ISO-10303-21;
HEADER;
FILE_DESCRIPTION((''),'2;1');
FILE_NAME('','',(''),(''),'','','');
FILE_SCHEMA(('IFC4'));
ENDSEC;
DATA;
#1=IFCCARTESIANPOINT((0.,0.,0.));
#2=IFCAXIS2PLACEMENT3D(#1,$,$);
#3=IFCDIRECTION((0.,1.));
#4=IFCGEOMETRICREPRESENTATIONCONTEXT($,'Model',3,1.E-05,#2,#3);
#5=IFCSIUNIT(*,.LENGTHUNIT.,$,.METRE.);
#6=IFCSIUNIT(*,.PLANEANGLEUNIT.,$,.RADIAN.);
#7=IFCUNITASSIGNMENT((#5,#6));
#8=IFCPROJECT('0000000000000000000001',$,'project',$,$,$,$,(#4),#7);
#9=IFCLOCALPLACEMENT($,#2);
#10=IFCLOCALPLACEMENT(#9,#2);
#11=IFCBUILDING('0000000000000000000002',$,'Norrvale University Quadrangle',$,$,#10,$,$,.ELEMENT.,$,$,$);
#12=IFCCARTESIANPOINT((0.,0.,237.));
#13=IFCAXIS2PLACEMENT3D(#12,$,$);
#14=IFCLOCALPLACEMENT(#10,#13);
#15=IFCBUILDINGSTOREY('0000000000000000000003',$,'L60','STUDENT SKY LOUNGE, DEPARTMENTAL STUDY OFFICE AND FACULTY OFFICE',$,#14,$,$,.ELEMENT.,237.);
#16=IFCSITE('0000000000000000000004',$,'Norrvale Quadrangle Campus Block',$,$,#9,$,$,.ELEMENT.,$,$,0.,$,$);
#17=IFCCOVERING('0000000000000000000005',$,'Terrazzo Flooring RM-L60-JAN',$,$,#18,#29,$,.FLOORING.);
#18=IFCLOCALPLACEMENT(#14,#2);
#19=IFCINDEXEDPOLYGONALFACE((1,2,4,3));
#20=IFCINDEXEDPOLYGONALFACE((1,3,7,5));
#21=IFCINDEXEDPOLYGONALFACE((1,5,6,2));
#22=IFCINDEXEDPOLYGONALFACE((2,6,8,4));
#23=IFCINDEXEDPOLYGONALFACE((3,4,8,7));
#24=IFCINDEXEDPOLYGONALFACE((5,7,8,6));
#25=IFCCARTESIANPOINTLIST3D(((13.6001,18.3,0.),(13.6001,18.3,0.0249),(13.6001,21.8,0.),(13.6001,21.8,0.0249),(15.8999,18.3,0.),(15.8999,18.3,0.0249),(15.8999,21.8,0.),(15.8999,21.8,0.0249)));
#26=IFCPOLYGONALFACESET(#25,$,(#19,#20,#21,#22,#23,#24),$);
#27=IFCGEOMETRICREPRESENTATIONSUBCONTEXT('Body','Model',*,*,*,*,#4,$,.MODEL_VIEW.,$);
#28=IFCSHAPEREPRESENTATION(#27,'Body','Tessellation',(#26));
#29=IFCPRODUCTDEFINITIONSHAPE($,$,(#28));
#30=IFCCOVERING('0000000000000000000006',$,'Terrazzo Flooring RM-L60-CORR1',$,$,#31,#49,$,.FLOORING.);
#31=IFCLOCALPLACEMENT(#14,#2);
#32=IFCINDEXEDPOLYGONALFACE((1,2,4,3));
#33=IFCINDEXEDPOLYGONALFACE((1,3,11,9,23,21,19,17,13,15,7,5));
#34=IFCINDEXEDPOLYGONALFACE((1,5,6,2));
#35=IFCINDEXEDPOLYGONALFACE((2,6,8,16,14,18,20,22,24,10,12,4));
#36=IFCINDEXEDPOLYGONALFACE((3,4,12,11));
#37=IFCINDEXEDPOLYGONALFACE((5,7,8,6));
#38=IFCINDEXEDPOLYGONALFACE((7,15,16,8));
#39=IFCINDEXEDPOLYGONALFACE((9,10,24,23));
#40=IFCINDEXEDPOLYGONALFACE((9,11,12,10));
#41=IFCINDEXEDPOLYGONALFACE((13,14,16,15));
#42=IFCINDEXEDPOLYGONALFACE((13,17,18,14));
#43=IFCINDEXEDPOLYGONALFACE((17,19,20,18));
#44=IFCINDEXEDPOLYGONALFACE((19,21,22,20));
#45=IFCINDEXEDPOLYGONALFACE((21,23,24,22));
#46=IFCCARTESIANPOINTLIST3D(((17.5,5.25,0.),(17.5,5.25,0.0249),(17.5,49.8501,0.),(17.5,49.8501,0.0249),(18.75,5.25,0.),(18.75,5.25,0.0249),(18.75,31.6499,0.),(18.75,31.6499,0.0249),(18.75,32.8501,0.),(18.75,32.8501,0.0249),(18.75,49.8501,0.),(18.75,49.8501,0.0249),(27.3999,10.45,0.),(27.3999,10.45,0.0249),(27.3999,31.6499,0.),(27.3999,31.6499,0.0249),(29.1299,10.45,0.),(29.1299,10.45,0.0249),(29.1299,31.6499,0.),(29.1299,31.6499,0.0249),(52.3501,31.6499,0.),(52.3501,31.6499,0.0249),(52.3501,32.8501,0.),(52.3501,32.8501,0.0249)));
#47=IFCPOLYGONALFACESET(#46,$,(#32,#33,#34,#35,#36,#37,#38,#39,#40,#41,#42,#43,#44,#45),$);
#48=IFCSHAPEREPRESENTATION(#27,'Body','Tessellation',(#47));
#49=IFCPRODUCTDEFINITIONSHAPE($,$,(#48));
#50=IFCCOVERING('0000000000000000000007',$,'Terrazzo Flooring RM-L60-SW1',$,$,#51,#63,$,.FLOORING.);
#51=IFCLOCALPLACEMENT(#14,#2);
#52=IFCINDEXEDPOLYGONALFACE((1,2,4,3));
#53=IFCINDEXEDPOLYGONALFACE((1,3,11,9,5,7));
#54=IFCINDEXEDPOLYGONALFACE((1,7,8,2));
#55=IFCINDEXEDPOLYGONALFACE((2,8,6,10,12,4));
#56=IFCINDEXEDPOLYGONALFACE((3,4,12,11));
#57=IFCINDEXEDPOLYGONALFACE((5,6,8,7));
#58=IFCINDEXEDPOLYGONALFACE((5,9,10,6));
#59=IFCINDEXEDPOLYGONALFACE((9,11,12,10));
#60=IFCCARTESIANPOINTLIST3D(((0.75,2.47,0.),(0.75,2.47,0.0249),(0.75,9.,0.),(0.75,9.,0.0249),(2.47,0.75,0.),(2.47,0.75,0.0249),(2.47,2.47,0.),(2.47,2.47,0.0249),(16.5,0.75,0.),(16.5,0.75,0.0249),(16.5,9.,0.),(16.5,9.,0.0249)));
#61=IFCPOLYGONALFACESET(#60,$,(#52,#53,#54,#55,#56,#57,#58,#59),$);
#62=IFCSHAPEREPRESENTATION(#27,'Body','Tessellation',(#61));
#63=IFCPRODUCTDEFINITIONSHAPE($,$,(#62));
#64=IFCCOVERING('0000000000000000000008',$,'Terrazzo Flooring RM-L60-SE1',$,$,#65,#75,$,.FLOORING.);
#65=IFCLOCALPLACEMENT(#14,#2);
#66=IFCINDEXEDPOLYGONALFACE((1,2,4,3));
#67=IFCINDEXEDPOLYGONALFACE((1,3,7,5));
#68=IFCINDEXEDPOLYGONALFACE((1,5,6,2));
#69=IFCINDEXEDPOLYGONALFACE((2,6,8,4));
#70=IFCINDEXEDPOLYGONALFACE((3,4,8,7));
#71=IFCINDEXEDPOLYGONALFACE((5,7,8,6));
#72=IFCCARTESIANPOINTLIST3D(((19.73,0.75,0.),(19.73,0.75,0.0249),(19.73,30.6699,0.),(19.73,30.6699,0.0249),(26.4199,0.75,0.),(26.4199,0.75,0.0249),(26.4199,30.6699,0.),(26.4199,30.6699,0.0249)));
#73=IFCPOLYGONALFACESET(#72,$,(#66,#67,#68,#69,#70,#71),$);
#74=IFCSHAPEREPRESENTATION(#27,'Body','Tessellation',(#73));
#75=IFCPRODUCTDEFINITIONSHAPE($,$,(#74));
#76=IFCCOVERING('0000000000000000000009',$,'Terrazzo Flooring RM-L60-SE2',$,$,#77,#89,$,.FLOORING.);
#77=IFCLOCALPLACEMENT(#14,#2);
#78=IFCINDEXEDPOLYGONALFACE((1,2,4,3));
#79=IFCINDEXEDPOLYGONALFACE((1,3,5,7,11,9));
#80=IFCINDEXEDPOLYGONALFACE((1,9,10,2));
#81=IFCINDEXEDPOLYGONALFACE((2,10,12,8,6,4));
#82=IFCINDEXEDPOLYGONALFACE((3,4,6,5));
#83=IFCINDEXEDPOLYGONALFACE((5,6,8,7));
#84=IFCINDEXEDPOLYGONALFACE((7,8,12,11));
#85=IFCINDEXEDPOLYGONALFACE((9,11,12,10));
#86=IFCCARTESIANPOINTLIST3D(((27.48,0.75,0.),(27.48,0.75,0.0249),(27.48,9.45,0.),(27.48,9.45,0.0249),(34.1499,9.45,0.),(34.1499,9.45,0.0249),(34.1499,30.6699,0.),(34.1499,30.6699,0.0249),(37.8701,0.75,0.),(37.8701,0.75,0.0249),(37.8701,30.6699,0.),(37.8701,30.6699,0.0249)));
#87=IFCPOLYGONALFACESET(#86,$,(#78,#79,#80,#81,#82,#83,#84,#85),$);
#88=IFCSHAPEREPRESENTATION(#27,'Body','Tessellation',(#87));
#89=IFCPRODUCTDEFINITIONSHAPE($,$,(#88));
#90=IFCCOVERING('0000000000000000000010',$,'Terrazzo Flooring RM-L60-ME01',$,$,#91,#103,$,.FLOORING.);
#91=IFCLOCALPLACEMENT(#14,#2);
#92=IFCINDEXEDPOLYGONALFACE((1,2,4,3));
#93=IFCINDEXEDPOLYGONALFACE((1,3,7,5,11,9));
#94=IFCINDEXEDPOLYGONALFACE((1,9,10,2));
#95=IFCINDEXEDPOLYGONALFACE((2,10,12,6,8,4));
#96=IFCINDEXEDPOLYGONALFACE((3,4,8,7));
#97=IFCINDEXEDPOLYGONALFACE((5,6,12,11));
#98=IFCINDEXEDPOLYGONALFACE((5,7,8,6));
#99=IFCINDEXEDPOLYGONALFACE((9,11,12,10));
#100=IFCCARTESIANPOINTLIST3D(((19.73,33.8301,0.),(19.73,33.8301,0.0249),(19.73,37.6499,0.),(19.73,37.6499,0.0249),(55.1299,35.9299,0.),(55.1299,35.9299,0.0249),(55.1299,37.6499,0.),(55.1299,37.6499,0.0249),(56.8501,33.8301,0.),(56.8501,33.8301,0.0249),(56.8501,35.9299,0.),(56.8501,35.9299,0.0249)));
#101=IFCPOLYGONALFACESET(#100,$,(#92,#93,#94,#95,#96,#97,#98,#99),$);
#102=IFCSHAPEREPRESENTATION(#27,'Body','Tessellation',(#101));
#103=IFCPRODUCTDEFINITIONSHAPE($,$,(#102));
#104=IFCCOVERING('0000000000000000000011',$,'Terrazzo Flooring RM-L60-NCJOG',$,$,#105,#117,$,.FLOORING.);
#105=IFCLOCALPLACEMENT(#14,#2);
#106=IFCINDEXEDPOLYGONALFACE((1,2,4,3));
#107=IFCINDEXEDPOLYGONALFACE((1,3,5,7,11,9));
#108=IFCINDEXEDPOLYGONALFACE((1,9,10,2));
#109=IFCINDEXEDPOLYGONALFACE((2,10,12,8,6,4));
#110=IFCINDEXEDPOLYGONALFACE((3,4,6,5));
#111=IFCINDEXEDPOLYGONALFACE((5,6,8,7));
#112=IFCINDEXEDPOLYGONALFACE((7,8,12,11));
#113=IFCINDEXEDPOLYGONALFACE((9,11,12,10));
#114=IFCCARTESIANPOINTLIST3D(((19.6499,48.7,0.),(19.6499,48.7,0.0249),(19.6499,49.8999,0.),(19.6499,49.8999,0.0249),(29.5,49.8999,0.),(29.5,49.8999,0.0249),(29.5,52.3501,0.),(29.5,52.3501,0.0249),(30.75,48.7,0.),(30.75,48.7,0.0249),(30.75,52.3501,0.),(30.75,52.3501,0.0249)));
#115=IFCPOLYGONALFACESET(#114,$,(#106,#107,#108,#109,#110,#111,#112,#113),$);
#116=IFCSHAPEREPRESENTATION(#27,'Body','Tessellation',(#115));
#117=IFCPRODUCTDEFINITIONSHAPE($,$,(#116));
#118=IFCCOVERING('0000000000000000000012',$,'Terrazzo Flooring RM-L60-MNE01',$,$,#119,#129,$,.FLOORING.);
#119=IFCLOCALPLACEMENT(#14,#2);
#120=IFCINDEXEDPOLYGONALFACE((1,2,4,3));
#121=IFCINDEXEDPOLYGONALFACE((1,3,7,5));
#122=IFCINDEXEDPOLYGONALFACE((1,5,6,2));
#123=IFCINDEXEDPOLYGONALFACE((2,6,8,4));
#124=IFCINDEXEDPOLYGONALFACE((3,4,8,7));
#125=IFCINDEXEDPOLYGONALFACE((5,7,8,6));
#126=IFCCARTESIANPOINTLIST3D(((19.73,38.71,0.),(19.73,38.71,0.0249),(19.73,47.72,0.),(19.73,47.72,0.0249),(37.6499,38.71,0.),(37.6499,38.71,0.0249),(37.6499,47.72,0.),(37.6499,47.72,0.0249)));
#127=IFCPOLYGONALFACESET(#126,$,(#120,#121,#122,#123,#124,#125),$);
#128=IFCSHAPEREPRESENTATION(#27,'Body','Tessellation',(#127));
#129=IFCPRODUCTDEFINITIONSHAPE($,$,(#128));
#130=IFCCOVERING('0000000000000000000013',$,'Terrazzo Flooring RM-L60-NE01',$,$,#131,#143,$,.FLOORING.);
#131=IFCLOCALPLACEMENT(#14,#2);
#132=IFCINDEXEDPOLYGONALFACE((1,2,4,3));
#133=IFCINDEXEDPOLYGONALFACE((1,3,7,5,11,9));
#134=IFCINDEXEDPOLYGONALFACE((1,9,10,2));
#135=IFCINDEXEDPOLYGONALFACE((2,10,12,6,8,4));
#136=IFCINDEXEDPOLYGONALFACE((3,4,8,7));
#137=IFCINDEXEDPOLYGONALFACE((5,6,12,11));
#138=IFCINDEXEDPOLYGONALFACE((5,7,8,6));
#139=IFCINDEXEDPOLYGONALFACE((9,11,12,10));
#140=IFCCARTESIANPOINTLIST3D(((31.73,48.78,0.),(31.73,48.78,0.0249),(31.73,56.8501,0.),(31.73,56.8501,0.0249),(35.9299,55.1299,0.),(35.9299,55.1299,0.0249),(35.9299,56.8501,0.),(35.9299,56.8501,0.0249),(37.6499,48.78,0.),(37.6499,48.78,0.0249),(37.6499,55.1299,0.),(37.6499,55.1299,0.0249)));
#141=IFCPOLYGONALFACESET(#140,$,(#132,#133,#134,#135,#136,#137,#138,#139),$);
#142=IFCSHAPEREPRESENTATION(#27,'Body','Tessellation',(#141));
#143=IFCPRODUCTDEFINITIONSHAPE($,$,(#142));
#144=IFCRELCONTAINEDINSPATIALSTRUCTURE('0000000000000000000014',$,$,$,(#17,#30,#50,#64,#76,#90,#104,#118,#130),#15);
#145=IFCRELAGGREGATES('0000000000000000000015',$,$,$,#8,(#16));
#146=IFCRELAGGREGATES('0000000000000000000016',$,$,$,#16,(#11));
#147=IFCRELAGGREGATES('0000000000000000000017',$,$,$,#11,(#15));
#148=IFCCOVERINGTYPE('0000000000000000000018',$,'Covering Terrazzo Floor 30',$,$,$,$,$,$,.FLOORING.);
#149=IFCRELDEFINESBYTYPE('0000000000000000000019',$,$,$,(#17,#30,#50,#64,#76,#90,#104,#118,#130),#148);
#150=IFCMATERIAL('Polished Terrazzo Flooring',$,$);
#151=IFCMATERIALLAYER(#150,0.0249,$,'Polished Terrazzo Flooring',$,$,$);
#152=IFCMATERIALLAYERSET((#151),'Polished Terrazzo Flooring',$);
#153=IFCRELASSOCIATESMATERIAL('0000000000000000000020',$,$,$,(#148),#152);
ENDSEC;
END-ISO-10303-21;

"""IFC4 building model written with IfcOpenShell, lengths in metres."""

from ifc_helpers import new_model, si_unit, direction, frame, origin, place, context, subcontext, project, spatial, polyline, outline, extrude, material, layer, layer_set, type_object, element, save


model = new_model("IFC4")

# Units and contexts
model_context = context("Model", 3, precision=1e-05, world=origin(), true_north=direction((0.0, 1.0)))
body_context = subcontext(model_context, "Body", "Model", "MODEL_VIEW")
ifc_project = project(units=[si_unit("LENGTHUNIT", "METRE"), si_unit("PLANEANGLEUNIT", "RADIAN")], contexts=[model_context])

# Site, building, storey
site_placement = place(None, origin())
site = spatial("IfcSite", under=ifc_project, at=site_placement, Name="Norrvale Quadrangle Campus Block", CompositionType="ELEMENT", RefElevation=0.0)
building_placement = place(site_placement, origin())
building = spatial("IfcBuilding", under=site, at=building_placement, Name="Norrvale University Quadrangle", CompositionType="ELEMENT")
storey_placement = place(building_placement, frame((0.0, 0.0, 237.0)))
storey = spatial("IfcBuildingStorey", under=building, at=storey_placement, Name="L60", Description="STUDENT SKY LOUNGE, DEPARTMENTAL STUDY OFFICE AND FACULTY OFFICE", CompositionType="ELEMENT", Elevation=237.0)

# Coverings
ifc_material_1 = material(Name="Polished Terrazzo Flooring")
ifc_layer_1 = layer(ifc_material_1, 0.0249, Name="Polished Terrazzo Flooring")
ifc_layer_set_1 = layer_set([ifc_layer_1], Name="Polished Terrazzo Flooring")
covering_type_1 = type_object("IfcCoveringType", Name="Covering Terrazzo Floor 30", PredefinedType="FLOORING", material=ifc_layer_set_1)
covering_1_placement = place(storey_placement, origin())
element("IfcCovering", 1, at=covering_1_placement, inside=storey, type_object=covering_type_1, Name="Terrazzo Flooring RM-L60-JAN", PredefinedType="FLOORING", context=body_context, shape_type="SweptSolid", body=[
    extrude(outline(polyline([(13.6001, 18.3), (13.6001, 21.8), (15.8999, 21.8), (15.8999, 18.3), (13.6001, 18.3)])), origin(), (0.0, 0.0, 1.0), 0.0249),
])
covering_2_placement = place(storey_placement, origin())
element("IfcCovering", 2, at=covering_2_placement, inside=storey, type_object=covering_type_1, Name="Terrazzo Flooring RM-L60-CORR1", PredefinedType="FLOORING", context=body_context, shape_type="SweptSolid", body=[
    extrude(outline(polyline([(17.5, 5.25), (17.5, 49.8501), (18.75, 49.8501), (18.75, 32.8501), (52.3501, 32.8501), (52.3501, 31.6499), (29.1299, 31.6499), (29.1299, 10.45), (27.3999, 10.45), (27.3999, 31.6499), (18.75, 31.6499), (18.75, 5.25), (17.5, 5.25)])), origin(), (0.0, 0.0, 1.0), 0.0249),
])
covering_3_placement = place(storey_placement, origin())
element("IfcCovering", 3, at=covering_3_placement, inside=storey, type_object=covering_type_1, Name="Terrazzo Flooring RM-L60-SW1", PredefinedType="FLOORING", context=body_context, shape_type="SweptSolid", body=[
    extrude(outline(polyline([(0.75, 9.0), (16.5, 9.0), (16.5, 0.75), (2.47, 0.75), (2.47, 2.47), (0.75, 2.47), (0.75, 9.0)])), origin(), (0.0, 0.0, 1.0), 0.0249),
])
covering_4_placement = place(storey_placement, origin())
element("IfcCovering", 4, at=covering_4_placement, inside=storey, type_object=covering_type_1, Name="Terrazzo Flooring RM-L60-SE1", PredefinedType="FLOORING", context=body_context, shape_type="SweptSolid", body=[
    extrude(outline(polyline([(19.73, 30.6699), (26.4199, 30.6699), (26.4199, 0.75), (19.73, 0.75), (19.73, 30.6699)])), origin(), (0.0, 0.0, 1.0), 0.0249),
])
covering_5_placement = place(storey_placement, origin())
element("IfcCovering", 5, at=covering_5_placement, inside=storey, type_object=covering_type_1, Name="Terrazzo Flooring RM-L60-SE2", PredefinedType="FLOORING", context=body_context, shape_type="SweptSolid", body=[
    extrude(outline(polyline([(27.48, 9.45), (34.1499, 9.45), (34.1499, 30.6699), (37.8701, 30.6699), (37.8701, 0.75), (27.48, 0.75), (27.48, 9.45)])), origin(), (0.0, 0.0, 1.0), 0.0249),
])
covering_6_placement = place(storey_placement, origin())
element("IfcCovering", 6, at=covering_6_placement, inside=storey, type_object=covering_type_1, Name="Terrazzo Flooring RM-L60-ME01", PredefinedType="FLOORING", context=body_context, shape_type="SweptSolid", body=[
    extrude(outline(polyline([(56.8501, 33.8301), (19.73, 33.8301), (19.73, 37.6499), (55.1299, 37.6499), (55.1299, 35.9299), (56.8501, 35.9299), (56.8501, 33.8301)])), origin(), (0.0, 0.0, 1.0), 0.0249),
])
covering_7_placement = place(storey_placement, origin())
element("IfcCovering", 7, at=covering_7_placement, inside=storey, type_object=covering_type_1, Name="Terrazzo Flooring RM-L60-NCJOG", PredefinedType="FLOORING", context=body_context, shape_type="SweptSolid", body=[
    extrude(outline(polyline([(19.6499, 48.7), (19.6499, 49.8999), (29.5, 49.8999), (29.5, 52.3501), (30.75, 52.3501), (30.75, 48.7), (19.6499, 48.7)])), origin(), (0.0, 0.0, 1.0), 0.0249),
])
covering_8_placement = place(storey_placement, origin())
element("IfcCovering", 8, at=covering_8_placement, inside=storey, type_object=covering_type_1, Name="Terrazzo Flooring RM-L60-MNE01", PredefinedType="FLOORING", context=body_context, shape_type="SweptSolid", body=[
    extrude(outline(polyline([(19.73, 47.72), (37.6499, 47.72), (37.6499, 38.71), (19.73, 38.71), (19.73, 47.72)])), origin(), (0.0, 0.0, 1.0), 0.0249),
])
covering_9_placement = place(storey_placement, origin())
element("IfcCovering", 9, at=covering_9_placement, inside=storey, type_object=covering_type_1, Name="Terrazzo Flooring RM-L60-NE01", PredefinedType="FLOORING", context=body_context, shape_type="SweptSolid", body=[
    extrude(outline(polyline([(37.6499, 48.78), (31.73, 48.78), (31.73, 56.8501), (35.9299, 56.8501), (35.9299, 55.1299), (37.6499, 55.1299), (37.6499, 48.78)])), origin(), (0.0, 0.0, 1.0), 0.0249),
])

save(model, "model.ifc")
